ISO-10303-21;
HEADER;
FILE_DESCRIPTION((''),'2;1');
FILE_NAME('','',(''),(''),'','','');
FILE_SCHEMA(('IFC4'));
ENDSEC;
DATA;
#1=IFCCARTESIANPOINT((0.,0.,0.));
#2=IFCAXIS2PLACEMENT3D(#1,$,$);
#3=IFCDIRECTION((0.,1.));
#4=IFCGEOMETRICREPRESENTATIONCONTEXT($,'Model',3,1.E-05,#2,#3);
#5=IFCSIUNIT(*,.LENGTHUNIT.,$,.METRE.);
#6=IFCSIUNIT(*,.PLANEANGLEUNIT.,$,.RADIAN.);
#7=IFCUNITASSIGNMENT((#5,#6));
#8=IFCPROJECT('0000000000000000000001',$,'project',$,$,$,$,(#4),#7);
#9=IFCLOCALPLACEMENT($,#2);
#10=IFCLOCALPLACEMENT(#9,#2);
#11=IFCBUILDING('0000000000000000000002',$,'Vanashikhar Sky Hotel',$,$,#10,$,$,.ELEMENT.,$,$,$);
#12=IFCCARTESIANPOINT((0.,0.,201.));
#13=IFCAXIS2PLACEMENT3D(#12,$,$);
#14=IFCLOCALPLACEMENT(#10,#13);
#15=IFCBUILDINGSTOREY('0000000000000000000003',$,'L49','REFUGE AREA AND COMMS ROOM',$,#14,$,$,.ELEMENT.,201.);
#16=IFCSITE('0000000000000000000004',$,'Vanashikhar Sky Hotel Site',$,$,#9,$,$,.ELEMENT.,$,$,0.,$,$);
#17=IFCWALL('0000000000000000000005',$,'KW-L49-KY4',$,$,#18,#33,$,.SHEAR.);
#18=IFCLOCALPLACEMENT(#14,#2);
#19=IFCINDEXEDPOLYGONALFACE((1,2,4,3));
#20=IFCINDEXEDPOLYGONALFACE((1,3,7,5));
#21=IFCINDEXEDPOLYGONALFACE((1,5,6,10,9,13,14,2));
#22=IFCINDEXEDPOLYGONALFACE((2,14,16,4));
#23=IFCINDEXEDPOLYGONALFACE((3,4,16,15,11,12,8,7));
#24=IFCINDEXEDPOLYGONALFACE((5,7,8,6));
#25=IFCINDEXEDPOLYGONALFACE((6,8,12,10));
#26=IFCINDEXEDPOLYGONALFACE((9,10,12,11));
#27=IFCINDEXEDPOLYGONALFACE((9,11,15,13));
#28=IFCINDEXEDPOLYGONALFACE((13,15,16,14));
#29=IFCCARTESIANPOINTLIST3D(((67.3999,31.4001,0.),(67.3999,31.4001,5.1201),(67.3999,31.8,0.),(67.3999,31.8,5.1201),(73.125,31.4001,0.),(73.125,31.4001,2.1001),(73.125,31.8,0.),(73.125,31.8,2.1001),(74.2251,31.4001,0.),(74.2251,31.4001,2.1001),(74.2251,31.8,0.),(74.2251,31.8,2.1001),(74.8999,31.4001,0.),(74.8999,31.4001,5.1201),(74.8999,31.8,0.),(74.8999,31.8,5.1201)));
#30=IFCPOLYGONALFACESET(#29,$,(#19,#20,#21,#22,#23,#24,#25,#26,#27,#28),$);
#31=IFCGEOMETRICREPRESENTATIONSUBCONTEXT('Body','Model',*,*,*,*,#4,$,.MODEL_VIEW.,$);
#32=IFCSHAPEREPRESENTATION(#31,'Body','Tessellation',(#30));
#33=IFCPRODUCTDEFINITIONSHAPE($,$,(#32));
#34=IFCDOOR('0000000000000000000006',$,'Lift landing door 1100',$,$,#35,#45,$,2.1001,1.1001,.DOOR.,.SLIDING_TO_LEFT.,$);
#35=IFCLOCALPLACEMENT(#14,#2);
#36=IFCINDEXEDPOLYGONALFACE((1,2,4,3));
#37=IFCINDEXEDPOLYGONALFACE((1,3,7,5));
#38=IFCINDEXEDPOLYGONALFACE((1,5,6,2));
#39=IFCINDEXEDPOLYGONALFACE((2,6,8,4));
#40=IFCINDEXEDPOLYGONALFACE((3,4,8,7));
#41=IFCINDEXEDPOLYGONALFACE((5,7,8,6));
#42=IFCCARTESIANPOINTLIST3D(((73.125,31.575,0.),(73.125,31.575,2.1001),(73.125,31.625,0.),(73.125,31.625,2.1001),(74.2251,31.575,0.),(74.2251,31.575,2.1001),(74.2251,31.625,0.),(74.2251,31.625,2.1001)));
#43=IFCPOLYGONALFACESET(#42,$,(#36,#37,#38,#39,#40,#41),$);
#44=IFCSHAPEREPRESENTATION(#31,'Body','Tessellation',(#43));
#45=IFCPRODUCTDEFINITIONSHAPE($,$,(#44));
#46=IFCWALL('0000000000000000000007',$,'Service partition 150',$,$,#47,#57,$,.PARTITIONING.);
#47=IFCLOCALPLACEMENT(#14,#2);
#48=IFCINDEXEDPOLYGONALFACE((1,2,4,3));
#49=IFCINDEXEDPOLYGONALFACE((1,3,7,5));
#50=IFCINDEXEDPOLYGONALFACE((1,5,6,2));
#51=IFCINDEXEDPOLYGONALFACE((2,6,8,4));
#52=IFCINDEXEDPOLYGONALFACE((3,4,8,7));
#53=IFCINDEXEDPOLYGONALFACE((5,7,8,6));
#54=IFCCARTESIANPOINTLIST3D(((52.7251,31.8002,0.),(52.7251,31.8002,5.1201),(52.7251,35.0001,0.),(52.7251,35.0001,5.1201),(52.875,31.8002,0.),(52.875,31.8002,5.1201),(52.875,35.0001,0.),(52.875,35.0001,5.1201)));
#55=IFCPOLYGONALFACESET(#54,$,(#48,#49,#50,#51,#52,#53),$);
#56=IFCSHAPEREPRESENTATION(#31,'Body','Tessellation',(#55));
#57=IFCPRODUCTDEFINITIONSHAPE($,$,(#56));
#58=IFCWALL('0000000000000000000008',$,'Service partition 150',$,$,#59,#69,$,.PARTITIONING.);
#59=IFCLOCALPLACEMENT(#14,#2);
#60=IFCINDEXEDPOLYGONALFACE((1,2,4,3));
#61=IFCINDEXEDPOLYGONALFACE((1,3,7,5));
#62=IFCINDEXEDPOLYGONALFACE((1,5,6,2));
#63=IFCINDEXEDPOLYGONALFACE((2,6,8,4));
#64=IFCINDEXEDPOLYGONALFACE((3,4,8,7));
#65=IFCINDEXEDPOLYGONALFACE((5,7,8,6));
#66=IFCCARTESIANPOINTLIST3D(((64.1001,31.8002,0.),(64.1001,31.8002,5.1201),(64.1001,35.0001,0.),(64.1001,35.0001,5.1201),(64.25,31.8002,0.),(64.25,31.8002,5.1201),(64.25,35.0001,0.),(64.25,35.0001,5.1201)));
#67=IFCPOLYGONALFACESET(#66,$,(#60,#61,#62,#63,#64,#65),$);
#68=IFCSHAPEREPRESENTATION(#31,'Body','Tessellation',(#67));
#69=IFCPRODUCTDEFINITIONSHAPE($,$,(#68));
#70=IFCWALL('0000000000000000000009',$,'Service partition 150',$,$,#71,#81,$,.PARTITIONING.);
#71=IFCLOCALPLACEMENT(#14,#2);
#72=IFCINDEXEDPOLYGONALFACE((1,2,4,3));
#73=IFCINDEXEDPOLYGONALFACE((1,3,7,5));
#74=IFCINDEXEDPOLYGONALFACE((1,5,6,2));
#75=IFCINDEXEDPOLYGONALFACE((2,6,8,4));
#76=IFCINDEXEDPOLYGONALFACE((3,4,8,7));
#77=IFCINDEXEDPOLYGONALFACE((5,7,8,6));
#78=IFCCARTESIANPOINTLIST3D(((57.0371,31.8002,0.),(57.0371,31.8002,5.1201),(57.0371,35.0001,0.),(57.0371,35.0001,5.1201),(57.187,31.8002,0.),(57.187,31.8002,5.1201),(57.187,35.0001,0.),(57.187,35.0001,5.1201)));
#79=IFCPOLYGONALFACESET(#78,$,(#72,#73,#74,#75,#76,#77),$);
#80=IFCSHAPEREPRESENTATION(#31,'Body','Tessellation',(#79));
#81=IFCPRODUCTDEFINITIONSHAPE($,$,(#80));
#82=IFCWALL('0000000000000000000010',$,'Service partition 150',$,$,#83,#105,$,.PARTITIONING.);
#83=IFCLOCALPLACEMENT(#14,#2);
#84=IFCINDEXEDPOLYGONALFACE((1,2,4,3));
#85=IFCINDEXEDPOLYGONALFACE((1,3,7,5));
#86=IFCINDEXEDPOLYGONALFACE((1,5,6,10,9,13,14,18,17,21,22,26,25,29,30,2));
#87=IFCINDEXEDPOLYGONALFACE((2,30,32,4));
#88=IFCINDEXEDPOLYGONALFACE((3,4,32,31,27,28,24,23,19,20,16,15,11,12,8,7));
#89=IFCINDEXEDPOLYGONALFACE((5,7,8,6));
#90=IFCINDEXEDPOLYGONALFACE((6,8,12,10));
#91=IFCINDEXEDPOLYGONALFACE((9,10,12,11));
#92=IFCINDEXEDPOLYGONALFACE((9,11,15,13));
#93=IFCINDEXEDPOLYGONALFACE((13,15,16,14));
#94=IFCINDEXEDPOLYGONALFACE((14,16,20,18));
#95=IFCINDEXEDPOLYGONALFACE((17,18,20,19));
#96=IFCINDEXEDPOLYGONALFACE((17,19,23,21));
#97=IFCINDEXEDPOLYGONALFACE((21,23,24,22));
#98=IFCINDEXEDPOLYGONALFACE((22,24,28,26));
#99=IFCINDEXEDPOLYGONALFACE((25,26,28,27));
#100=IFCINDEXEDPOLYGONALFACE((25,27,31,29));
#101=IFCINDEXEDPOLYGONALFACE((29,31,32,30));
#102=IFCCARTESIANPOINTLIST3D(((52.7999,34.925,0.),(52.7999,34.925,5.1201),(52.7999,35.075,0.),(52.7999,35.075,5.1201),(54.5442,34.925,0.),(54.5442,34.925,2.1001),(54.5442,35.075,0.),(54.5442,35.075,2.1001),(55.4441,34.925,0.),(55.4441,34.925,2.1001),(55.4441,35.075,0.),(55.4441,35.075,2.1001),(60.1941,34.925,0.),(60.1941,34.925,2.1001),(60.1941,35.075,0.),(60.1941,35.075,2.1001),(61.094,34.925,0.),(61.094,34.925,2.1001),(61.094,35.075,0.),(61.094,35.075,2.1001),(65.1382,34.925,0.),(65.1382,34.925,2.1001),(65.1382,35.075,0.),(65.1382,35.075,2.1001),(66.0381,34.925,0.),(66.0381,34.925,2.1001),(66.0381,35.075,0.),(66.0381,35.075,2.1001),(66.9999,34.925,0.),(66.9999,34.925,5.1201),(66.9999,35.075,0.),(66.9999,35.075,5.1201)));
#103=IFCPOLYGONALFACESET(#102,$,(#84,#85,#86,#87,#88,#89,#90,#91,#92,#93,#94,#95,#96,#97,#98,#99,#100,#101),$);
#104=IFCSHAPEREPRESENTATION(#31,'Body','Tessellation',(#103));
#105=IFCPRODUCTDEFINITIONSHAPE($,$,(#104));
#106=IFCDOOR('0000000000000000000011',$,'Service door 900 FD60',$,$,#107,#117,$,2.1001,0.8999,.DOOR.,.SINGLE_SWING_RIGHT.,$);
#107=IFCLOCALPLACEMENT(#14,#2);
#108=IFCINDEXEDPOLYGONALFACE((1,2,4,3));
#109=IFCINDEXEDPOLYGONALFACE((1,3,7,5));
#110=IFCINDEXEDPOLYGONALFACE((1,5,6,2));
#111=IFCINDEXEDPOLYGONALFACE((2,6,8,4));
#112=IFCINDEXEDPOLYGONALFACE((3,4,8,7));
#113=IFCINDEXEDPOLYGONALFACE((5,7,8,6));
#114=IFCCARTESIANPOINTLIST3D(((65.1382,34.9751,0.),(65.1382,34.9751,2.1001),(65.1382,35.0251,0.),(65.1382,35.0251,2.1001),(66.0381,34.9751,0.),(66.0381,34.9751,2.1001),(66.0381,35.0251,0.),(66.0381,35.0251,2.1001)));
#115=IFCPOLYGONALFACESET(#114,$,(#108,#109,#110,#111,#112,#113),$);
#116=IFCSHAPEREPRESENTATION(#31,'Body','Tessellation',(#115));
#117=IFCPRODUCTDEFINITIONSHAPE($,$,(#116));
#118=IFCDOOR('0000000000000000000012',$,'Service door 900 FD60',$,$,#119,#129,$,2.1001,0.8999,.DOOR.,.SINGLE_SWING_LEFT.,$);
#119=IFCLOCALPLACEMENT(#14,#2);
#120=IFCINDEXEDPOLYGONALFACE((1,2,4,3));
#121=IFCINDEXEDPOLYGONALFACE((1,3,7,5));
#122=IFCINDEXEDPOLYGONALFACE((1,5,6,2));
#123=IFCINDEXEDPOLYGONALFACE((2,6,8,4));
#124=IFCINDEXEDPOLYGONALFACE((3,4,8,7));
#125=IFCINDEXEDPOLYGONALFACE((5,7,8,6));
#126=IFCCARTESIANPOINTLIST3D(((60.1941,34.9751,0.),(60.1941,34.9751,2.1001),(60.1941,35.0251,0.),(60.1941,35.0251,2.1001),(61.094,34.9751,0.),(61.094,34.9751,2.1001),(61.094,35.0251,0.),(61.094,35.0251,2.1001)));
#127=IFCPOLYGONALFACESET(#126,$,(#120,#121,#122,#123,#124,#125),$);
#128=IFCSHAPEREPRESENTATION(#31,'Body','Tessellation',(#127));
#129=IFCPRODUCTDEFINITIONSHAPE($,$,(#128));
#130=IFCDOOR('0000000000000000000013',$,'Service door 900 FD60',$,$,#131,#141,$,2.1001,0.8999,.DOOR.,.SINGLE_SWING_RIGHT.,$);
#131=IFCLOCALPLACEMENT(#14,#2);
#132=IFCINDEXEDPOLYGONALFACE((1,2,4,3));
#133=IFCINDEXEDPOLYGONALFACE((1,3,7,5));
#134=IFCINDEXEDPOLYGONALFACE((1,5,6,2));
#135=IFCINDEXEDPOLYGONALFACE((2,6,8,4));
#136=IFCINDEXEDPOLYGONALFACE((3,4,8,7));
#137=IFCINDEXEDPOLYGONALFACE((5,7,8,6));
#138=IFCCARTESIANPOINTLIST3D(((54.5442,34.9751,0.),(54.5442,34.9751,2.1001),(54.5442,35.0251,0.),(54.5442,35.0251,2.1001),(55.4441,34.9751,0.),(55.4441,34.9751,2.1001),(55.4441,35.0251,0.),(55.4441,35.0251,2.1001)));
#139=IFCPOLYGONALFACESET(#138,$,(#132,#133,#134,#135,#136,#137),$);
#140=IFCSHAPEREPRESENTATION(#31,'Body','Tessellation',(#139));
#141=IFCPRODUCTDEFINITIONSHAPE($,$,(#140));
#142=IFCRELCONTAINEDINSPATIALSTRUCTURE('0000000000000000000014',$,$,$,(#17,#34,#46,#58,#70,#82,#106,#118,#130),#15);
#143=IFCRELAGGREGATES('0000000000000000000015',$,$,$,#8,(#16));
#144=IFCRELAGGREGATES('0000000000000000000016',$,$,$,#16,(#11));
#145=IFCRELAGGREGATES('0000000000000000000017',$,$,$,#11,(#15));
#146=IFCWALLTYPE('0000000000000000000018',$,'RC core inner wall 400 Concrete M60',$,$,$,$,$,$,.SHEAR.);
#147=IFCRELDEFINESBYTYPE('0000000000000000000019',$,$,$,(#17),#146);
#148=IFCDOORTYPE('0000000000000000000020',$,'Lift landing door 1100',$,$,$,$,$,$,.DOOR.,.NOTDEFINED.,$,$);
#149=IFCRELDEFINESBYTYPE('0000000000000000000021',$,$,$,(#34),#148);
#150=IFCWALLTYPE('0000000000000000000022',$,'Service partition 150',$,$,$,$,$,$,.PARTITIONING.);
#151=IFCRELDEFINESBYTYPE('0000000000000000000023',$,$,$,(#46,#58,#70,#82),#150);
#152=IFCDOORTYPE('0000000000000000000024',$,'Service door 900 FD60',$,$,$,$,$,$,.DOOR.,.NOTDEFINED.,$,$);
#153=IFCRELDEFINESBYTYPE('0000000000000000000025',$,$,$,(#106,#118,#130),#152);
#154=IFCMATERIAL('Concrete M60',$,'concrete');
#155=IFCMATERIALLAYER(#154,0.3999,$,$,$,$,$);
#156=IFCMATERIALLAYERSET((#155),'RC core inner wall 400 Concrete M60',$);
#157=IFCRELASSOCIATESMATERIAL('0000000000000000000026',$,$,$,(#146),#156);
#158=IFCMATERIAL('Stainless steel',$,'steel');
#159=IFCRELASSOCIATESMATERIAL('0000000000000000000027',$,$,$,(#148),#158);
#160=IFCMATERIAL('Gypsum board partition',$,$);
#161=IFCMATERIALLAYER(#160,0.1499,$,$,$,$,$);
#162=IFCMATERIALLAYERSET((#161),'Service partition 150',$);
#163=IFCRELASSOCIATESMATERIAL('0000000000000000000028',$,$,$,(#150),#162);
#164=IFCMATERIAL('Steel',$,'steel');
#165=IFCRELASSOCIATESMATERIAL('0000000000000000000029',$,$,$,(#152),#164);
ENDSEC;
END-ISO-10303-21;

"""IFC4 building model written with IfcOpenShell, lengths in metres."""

from ifc_helpers import new_model, si_unit, direction, frame, frame_2d, origin, place, context, subcontext, project, spatial, rectangle, extrude, source, transform, mapped, material, layer, layer_set, type_object, element, fill, save


model = new_model("IFC4")

# Units and contexts
model_context = context("Model", 3, precision=1e-05, world=origin(), true_north=direction((0.0, 1.0)))
body_context = subcontext(model_context, "Body", "Model", "MODEL_VIEW")
ifc_project = project(units=[si_unit("LENGTHUNIT", "METRE"), si_unit("PLANEANGLEUNIT", "RADIAN")], contexts=[model_context])

# Site, building, storey
site_placement = place(None, origin())
site = spatial("IfcSite", under=ifc_project, at=site_placement, Name="Vanashikhar Sky Hotel Site", CompositionType="ELEMENT", RefElevation=0.0)
building_placement = place(site_placement, origin())
building = spatial("IfcBuilding", under=site, at=building_placement, Name="Vanashikhar Sky Hotel", CompositionType="ELEMENT")
storey_placement = place(building_placement, frame((0.0, 0.0, 201.0)))
storey = spatial("IfcBuildingStorey", under=building, at=storey_placement, Name="L49", Description="REFUGE AREA AND COMMS ROOM", CompositionType="ELEMENT", Elevation=201.0)

# Wall, opening, door
ifc_material_1 = material(Name="Concrete M60", Category="concrete")
ifc_layer_1 = layer(ifc_material_1, 0.3999)
ifc_layer_set_1 = layer_set([ifc_layer_1], Name="RC core inner wall 400 Concrete M60")
wall_type_1 = type_object("IfcWallType", Name="RC core inner wall 400 Concrete M60", PredefinedType="SHEAR", material=ifc_layer_set_1)
shared_shape_1 = source(origin(), body_context, "Body", "SweptSolid", [
    extrude(rectangle(XDim=7.5, YDim=0.3999, at=frame_2d((3.75, 0.0))), origin(), (0.0, 0.0, 1.0), 5.1201),
])
wall_1_placement = place(storey_placement, frame((67.3999, 31.6001, 0.0), z_axis=(0.0, 0.0, 1.0), x_axis=(1.0, 0.0, 0.0)))
wall_1 = element("IfcWall", 1, at=wall_1_placement, inside=storey, type_object=wall_type_1, Name="KW-L49-KY4", PredefinedType="SHEAR", context=body_context, shape_type="MappedRepresentation", body=[
    mapped(shared_shape_1, transform((0.0, 0.0, 0.0), scale=1.0)),
])
shared_shape_2 = source(origin(), body_context, "Body", "SweptSolid", [
    extrude(rectangle(XDim=1.1001, YDim=2.1001, at=frame_2d((0.55, 1.05))), frame((0.0, 0.21, 0.0), z_axis=(0.0, -1.0, 0.0), x_axis=(1.0, 0.0, 0.0)), (0.0, 0.0, 1.0), 0.4199),
])
opening_1_placement = place(wall_1_placement, frame((5.7251, 0.0, 0.0)))
opening_1 = element("IfcOpeningElement", 2, at=opening_1_placement, cuts=wall_1, PredefinedType="OPENING", context=body_context, shape_type="MappedRepresentation", body=[
    mapped(shared_shape_2, transform((0.0, 0.0, 0.0), scale=1.0)),
])
ifc_material_2 = material(Name="Stainless steel", Category="steel")
door_type_1 = type_object("IfcDoorType", Name="Lift landing door 1100", OperationType="NOTDEFINED", PredefinedType="DOOR", material=ifc_material_2)
shared_shape_3 = source(origin(), body_context, "Body", "SweptSolid", [
    extrude(rectangle(XDim=1.1001, YDim=2.1001, at=frame_2d((0.55, 1.05))), frame((0.0, 0.0249, 0.0), z_axis=(0.0, -1.0, 0.0), x_axis=(1.0, 0.0, 0.0)), (0.0, 0.0, 1.0), 0.05),
])
door_1_placement = place(opening_1_placement, origin())
door_1 = element("IfcDoor", 3, at=door_1_placement, inside=storey, type_object=door_type_1, Name="Lift landing door 1100", OperationType="SLIDING_TO_LEFT", OverallHeight=2.1001, OverallWidth=1.1001, PredefinedType="DOOR", context=body_context, shape_type="MappedRepresentation", body=[
    mapped(shared_shape_3, transform((0.0, 0.0, 0.0), scale=1.0)),
])
fill(opening_1, door_1)

# Walls
ifc_material_3 = material(Name="Gypsum board partition")
ifc_layer_2 = layer(ifc_material_3, 0.1499)
ifc_layer_set_2 = layer_set([ifc_layer_2], Name="Service partition 150")
wall_type_2 = type_object("IfcWallType", Name="Service partition 150", PredefinedType="PARTITIONING", material=ifc_layer_set_2)
shared_shape_4 = source(origin(), body_context, "Body", "SweptSolid", [
    extrude(rectangle(XDim=3.2, YDim=0.1499, at=frame_2d((1.6001, 0.0))), origin(), (0.0, 0.0, 1.0), 5.1201),
])
for number, where, z_axis, x_axis, name in (
    (4, (52.8, 31.8, 0.0), (0.0, 0.0, 1.0), (0.0, 1.0, 0.0), "Service partition 150"),
    (5, (64.175, 31.8, 0.0), (0.0, 0.0, 1.0), (0.0, 1.0, 0.0), "Service partition 150"),
    (6, (57.1121, 31.8, 0.0), (0.0, 0.0, 1.0), (0.0, 1.0, 0.0), "Service partition 150"),
):
    element("IfcWall", number, at=place(storey_placement, frame(where, z_axis=z_axis, x_axis=x_axis)), inside=storey, type_object=wall_type_2, Name=name, PredefinedType="PARTITIONING", context=body_context, shape_type="MappedRepresentation", body=[
        mapped(shared_shape_4, transform((0.0, 0.0, 0.0), scale=1.0)),
    ])

# Wall, openings, doors
shared_shape_5 = source(origin(), body_context, "Body", "SweptSolid", [
    extrude(rectangle(XDim=14.2, YDim=0.1499, at=frame_2d((7.1001, 0.0))), origin(), (0.0, 0.0, 1.0), 5.1201),
])
wall_2_placement = place(storey_placement, frame((67.0, 35.0, 0.0), z_axis=(0.0, 0.0, 1.0), x_axis=(-1.0, 0.0, 0.0)))
wall_2 = element("IfcWall", 7, at=wall_2_placement, inside=storey, type_object=wall_type_2, Name="Service partition 150", PredefinedType="PARTITIONING", context=body_context, shape_type="MappedRepresentation", body=[
    mapped(shared_shape_5, transform((0.0, 0.0, 0.0), scale=1.0)),
])
shared_shape_6 = source(origin(), body_context, "Body", "SweptSolid", [
    extrude(rectangle(XDim=0.8999, YDim=2.1001, at=frame_2d((0.45, 1.05))), frame((0.0, 0.085, 0.0), z_axis=(0.0, -1.0, 0.0), x_axis=(1.0, 0.0, 0.0)), (0.0, 0.0, 1.0), 0.1699),
])
opening_2_placement = place(wall_2_placement, frame((0.9619, 0.0, 0.0)))
opening_2 = element("IfcOpeningElement", 8, at=opening_2_placement, cuts=wall_2, PredefinedType="OPENING", context=body_context, shape_type="MappedRepresentation", body=[
    mapped(shared_shape_6, transform((0.0, 0.0, 0.0), scale=1.0)),
])
opening_3_placement = place(wall_2_placement, frame((5.906, 0.0, 0.0)))
opening_3 = element("IfcOpeningElement", 9, at=opening_3_placement, cuts=wall_2, PredefinedType="OPENING", context=body_context, shape_type="MappedRepresentation", body=[
    mapped(shared_shape_6, transform((0.0, 0.0, 0.0), scale=1.0)),
])
opening_4_placement = place(wall_2_placement, frame((11.5559, 0.0, 0.0)))
opening_4 = element("IfcOpeningElement", 10, at=opening_4_placement, cuts=wall_2, PredefinedType="OPENING", context=body_context, shape_type="MappedRepresentation", body=[
    mapped(shared_shape_6, transform((0.0, 0.0, 0.0), scale=1.0)),
])
ifc_material_4 = material(Name="Steel", Category="steel")
door_type_2 = type_object("IfcDoorType", Name="Service door 900 FD60", OperationType="NOTDEFINED", PredefinedType="DOOR", material=ifc_material_4)
shared_shape_7 = source(origin(), body_context, "Body", "SweptSolid", [
    extrude(rectangle(XDim=0.8999, YDim=2.1001, at=frame_2d((0.45, 1.05))), frame((0.0, 0.0249, 0.0), z_axis=(0.0, -1.0, 0.0), x_axis=(1.0, 0.0, 0.0)), (0.0, 0.0, 1.0), 0.05),
])
door_2_placement = place(opening_2_placement, origin())
door_2 = element("IfcDoor", 11, at=door_2_placement, inside=storey, type_object=door_type_2, Name="Service door 900 FD60", OperationType="SINGLE_SWING_RIGHT", OverallHeight=2.1001, OverallWidth=0.8999, PredefinedType="DOOR", context=body_context, shape_type="MappedRepresentation", body=[
    mapped(shared_shape_7, transform((0.0, 0.0, 0.0), scale=1.0)),
])
fill(opening_2, door_2)
door_3_placement = place(opening_3_placement, origin())
door_3 = element("IfcDoor", 12, at=door_3_placement, inside=storey, type_object=door_type_2, Name="Service door 900 FD60", OperationType="SINGLE_SWING_LEFT", OverallHeight=2.1001, OverallWidth=0.8999, PredefinedType="DOOR", context=body_context, shape_type="MappedRepresentation", body=[
    mapped(shared_shape_7, transform((0.0, 0.0, 0.0), scale=1.0)),
])
fill(opening_3, door_3)
door_4_placement = place(opening_4_placement, origin())
door_4 = element("IfcDoor", 13, at=door_4_placement, inside=storey, type_object=door_type_2, Name="Service door 900 FD60", OperationType="SINGLE_SWING_RIGHT", OverallHeight=2.1001, OverallWidth=0.8999, PredefinedType="DOOR", context=body_context, shape_type="MappedRepresentation", body=[
    mapped(shared_shape_7, transform((0.0, 0.0, 0.0), scale=1.0)),
])
fill(opening_4, door_4)

save(model, "model.ifc")
